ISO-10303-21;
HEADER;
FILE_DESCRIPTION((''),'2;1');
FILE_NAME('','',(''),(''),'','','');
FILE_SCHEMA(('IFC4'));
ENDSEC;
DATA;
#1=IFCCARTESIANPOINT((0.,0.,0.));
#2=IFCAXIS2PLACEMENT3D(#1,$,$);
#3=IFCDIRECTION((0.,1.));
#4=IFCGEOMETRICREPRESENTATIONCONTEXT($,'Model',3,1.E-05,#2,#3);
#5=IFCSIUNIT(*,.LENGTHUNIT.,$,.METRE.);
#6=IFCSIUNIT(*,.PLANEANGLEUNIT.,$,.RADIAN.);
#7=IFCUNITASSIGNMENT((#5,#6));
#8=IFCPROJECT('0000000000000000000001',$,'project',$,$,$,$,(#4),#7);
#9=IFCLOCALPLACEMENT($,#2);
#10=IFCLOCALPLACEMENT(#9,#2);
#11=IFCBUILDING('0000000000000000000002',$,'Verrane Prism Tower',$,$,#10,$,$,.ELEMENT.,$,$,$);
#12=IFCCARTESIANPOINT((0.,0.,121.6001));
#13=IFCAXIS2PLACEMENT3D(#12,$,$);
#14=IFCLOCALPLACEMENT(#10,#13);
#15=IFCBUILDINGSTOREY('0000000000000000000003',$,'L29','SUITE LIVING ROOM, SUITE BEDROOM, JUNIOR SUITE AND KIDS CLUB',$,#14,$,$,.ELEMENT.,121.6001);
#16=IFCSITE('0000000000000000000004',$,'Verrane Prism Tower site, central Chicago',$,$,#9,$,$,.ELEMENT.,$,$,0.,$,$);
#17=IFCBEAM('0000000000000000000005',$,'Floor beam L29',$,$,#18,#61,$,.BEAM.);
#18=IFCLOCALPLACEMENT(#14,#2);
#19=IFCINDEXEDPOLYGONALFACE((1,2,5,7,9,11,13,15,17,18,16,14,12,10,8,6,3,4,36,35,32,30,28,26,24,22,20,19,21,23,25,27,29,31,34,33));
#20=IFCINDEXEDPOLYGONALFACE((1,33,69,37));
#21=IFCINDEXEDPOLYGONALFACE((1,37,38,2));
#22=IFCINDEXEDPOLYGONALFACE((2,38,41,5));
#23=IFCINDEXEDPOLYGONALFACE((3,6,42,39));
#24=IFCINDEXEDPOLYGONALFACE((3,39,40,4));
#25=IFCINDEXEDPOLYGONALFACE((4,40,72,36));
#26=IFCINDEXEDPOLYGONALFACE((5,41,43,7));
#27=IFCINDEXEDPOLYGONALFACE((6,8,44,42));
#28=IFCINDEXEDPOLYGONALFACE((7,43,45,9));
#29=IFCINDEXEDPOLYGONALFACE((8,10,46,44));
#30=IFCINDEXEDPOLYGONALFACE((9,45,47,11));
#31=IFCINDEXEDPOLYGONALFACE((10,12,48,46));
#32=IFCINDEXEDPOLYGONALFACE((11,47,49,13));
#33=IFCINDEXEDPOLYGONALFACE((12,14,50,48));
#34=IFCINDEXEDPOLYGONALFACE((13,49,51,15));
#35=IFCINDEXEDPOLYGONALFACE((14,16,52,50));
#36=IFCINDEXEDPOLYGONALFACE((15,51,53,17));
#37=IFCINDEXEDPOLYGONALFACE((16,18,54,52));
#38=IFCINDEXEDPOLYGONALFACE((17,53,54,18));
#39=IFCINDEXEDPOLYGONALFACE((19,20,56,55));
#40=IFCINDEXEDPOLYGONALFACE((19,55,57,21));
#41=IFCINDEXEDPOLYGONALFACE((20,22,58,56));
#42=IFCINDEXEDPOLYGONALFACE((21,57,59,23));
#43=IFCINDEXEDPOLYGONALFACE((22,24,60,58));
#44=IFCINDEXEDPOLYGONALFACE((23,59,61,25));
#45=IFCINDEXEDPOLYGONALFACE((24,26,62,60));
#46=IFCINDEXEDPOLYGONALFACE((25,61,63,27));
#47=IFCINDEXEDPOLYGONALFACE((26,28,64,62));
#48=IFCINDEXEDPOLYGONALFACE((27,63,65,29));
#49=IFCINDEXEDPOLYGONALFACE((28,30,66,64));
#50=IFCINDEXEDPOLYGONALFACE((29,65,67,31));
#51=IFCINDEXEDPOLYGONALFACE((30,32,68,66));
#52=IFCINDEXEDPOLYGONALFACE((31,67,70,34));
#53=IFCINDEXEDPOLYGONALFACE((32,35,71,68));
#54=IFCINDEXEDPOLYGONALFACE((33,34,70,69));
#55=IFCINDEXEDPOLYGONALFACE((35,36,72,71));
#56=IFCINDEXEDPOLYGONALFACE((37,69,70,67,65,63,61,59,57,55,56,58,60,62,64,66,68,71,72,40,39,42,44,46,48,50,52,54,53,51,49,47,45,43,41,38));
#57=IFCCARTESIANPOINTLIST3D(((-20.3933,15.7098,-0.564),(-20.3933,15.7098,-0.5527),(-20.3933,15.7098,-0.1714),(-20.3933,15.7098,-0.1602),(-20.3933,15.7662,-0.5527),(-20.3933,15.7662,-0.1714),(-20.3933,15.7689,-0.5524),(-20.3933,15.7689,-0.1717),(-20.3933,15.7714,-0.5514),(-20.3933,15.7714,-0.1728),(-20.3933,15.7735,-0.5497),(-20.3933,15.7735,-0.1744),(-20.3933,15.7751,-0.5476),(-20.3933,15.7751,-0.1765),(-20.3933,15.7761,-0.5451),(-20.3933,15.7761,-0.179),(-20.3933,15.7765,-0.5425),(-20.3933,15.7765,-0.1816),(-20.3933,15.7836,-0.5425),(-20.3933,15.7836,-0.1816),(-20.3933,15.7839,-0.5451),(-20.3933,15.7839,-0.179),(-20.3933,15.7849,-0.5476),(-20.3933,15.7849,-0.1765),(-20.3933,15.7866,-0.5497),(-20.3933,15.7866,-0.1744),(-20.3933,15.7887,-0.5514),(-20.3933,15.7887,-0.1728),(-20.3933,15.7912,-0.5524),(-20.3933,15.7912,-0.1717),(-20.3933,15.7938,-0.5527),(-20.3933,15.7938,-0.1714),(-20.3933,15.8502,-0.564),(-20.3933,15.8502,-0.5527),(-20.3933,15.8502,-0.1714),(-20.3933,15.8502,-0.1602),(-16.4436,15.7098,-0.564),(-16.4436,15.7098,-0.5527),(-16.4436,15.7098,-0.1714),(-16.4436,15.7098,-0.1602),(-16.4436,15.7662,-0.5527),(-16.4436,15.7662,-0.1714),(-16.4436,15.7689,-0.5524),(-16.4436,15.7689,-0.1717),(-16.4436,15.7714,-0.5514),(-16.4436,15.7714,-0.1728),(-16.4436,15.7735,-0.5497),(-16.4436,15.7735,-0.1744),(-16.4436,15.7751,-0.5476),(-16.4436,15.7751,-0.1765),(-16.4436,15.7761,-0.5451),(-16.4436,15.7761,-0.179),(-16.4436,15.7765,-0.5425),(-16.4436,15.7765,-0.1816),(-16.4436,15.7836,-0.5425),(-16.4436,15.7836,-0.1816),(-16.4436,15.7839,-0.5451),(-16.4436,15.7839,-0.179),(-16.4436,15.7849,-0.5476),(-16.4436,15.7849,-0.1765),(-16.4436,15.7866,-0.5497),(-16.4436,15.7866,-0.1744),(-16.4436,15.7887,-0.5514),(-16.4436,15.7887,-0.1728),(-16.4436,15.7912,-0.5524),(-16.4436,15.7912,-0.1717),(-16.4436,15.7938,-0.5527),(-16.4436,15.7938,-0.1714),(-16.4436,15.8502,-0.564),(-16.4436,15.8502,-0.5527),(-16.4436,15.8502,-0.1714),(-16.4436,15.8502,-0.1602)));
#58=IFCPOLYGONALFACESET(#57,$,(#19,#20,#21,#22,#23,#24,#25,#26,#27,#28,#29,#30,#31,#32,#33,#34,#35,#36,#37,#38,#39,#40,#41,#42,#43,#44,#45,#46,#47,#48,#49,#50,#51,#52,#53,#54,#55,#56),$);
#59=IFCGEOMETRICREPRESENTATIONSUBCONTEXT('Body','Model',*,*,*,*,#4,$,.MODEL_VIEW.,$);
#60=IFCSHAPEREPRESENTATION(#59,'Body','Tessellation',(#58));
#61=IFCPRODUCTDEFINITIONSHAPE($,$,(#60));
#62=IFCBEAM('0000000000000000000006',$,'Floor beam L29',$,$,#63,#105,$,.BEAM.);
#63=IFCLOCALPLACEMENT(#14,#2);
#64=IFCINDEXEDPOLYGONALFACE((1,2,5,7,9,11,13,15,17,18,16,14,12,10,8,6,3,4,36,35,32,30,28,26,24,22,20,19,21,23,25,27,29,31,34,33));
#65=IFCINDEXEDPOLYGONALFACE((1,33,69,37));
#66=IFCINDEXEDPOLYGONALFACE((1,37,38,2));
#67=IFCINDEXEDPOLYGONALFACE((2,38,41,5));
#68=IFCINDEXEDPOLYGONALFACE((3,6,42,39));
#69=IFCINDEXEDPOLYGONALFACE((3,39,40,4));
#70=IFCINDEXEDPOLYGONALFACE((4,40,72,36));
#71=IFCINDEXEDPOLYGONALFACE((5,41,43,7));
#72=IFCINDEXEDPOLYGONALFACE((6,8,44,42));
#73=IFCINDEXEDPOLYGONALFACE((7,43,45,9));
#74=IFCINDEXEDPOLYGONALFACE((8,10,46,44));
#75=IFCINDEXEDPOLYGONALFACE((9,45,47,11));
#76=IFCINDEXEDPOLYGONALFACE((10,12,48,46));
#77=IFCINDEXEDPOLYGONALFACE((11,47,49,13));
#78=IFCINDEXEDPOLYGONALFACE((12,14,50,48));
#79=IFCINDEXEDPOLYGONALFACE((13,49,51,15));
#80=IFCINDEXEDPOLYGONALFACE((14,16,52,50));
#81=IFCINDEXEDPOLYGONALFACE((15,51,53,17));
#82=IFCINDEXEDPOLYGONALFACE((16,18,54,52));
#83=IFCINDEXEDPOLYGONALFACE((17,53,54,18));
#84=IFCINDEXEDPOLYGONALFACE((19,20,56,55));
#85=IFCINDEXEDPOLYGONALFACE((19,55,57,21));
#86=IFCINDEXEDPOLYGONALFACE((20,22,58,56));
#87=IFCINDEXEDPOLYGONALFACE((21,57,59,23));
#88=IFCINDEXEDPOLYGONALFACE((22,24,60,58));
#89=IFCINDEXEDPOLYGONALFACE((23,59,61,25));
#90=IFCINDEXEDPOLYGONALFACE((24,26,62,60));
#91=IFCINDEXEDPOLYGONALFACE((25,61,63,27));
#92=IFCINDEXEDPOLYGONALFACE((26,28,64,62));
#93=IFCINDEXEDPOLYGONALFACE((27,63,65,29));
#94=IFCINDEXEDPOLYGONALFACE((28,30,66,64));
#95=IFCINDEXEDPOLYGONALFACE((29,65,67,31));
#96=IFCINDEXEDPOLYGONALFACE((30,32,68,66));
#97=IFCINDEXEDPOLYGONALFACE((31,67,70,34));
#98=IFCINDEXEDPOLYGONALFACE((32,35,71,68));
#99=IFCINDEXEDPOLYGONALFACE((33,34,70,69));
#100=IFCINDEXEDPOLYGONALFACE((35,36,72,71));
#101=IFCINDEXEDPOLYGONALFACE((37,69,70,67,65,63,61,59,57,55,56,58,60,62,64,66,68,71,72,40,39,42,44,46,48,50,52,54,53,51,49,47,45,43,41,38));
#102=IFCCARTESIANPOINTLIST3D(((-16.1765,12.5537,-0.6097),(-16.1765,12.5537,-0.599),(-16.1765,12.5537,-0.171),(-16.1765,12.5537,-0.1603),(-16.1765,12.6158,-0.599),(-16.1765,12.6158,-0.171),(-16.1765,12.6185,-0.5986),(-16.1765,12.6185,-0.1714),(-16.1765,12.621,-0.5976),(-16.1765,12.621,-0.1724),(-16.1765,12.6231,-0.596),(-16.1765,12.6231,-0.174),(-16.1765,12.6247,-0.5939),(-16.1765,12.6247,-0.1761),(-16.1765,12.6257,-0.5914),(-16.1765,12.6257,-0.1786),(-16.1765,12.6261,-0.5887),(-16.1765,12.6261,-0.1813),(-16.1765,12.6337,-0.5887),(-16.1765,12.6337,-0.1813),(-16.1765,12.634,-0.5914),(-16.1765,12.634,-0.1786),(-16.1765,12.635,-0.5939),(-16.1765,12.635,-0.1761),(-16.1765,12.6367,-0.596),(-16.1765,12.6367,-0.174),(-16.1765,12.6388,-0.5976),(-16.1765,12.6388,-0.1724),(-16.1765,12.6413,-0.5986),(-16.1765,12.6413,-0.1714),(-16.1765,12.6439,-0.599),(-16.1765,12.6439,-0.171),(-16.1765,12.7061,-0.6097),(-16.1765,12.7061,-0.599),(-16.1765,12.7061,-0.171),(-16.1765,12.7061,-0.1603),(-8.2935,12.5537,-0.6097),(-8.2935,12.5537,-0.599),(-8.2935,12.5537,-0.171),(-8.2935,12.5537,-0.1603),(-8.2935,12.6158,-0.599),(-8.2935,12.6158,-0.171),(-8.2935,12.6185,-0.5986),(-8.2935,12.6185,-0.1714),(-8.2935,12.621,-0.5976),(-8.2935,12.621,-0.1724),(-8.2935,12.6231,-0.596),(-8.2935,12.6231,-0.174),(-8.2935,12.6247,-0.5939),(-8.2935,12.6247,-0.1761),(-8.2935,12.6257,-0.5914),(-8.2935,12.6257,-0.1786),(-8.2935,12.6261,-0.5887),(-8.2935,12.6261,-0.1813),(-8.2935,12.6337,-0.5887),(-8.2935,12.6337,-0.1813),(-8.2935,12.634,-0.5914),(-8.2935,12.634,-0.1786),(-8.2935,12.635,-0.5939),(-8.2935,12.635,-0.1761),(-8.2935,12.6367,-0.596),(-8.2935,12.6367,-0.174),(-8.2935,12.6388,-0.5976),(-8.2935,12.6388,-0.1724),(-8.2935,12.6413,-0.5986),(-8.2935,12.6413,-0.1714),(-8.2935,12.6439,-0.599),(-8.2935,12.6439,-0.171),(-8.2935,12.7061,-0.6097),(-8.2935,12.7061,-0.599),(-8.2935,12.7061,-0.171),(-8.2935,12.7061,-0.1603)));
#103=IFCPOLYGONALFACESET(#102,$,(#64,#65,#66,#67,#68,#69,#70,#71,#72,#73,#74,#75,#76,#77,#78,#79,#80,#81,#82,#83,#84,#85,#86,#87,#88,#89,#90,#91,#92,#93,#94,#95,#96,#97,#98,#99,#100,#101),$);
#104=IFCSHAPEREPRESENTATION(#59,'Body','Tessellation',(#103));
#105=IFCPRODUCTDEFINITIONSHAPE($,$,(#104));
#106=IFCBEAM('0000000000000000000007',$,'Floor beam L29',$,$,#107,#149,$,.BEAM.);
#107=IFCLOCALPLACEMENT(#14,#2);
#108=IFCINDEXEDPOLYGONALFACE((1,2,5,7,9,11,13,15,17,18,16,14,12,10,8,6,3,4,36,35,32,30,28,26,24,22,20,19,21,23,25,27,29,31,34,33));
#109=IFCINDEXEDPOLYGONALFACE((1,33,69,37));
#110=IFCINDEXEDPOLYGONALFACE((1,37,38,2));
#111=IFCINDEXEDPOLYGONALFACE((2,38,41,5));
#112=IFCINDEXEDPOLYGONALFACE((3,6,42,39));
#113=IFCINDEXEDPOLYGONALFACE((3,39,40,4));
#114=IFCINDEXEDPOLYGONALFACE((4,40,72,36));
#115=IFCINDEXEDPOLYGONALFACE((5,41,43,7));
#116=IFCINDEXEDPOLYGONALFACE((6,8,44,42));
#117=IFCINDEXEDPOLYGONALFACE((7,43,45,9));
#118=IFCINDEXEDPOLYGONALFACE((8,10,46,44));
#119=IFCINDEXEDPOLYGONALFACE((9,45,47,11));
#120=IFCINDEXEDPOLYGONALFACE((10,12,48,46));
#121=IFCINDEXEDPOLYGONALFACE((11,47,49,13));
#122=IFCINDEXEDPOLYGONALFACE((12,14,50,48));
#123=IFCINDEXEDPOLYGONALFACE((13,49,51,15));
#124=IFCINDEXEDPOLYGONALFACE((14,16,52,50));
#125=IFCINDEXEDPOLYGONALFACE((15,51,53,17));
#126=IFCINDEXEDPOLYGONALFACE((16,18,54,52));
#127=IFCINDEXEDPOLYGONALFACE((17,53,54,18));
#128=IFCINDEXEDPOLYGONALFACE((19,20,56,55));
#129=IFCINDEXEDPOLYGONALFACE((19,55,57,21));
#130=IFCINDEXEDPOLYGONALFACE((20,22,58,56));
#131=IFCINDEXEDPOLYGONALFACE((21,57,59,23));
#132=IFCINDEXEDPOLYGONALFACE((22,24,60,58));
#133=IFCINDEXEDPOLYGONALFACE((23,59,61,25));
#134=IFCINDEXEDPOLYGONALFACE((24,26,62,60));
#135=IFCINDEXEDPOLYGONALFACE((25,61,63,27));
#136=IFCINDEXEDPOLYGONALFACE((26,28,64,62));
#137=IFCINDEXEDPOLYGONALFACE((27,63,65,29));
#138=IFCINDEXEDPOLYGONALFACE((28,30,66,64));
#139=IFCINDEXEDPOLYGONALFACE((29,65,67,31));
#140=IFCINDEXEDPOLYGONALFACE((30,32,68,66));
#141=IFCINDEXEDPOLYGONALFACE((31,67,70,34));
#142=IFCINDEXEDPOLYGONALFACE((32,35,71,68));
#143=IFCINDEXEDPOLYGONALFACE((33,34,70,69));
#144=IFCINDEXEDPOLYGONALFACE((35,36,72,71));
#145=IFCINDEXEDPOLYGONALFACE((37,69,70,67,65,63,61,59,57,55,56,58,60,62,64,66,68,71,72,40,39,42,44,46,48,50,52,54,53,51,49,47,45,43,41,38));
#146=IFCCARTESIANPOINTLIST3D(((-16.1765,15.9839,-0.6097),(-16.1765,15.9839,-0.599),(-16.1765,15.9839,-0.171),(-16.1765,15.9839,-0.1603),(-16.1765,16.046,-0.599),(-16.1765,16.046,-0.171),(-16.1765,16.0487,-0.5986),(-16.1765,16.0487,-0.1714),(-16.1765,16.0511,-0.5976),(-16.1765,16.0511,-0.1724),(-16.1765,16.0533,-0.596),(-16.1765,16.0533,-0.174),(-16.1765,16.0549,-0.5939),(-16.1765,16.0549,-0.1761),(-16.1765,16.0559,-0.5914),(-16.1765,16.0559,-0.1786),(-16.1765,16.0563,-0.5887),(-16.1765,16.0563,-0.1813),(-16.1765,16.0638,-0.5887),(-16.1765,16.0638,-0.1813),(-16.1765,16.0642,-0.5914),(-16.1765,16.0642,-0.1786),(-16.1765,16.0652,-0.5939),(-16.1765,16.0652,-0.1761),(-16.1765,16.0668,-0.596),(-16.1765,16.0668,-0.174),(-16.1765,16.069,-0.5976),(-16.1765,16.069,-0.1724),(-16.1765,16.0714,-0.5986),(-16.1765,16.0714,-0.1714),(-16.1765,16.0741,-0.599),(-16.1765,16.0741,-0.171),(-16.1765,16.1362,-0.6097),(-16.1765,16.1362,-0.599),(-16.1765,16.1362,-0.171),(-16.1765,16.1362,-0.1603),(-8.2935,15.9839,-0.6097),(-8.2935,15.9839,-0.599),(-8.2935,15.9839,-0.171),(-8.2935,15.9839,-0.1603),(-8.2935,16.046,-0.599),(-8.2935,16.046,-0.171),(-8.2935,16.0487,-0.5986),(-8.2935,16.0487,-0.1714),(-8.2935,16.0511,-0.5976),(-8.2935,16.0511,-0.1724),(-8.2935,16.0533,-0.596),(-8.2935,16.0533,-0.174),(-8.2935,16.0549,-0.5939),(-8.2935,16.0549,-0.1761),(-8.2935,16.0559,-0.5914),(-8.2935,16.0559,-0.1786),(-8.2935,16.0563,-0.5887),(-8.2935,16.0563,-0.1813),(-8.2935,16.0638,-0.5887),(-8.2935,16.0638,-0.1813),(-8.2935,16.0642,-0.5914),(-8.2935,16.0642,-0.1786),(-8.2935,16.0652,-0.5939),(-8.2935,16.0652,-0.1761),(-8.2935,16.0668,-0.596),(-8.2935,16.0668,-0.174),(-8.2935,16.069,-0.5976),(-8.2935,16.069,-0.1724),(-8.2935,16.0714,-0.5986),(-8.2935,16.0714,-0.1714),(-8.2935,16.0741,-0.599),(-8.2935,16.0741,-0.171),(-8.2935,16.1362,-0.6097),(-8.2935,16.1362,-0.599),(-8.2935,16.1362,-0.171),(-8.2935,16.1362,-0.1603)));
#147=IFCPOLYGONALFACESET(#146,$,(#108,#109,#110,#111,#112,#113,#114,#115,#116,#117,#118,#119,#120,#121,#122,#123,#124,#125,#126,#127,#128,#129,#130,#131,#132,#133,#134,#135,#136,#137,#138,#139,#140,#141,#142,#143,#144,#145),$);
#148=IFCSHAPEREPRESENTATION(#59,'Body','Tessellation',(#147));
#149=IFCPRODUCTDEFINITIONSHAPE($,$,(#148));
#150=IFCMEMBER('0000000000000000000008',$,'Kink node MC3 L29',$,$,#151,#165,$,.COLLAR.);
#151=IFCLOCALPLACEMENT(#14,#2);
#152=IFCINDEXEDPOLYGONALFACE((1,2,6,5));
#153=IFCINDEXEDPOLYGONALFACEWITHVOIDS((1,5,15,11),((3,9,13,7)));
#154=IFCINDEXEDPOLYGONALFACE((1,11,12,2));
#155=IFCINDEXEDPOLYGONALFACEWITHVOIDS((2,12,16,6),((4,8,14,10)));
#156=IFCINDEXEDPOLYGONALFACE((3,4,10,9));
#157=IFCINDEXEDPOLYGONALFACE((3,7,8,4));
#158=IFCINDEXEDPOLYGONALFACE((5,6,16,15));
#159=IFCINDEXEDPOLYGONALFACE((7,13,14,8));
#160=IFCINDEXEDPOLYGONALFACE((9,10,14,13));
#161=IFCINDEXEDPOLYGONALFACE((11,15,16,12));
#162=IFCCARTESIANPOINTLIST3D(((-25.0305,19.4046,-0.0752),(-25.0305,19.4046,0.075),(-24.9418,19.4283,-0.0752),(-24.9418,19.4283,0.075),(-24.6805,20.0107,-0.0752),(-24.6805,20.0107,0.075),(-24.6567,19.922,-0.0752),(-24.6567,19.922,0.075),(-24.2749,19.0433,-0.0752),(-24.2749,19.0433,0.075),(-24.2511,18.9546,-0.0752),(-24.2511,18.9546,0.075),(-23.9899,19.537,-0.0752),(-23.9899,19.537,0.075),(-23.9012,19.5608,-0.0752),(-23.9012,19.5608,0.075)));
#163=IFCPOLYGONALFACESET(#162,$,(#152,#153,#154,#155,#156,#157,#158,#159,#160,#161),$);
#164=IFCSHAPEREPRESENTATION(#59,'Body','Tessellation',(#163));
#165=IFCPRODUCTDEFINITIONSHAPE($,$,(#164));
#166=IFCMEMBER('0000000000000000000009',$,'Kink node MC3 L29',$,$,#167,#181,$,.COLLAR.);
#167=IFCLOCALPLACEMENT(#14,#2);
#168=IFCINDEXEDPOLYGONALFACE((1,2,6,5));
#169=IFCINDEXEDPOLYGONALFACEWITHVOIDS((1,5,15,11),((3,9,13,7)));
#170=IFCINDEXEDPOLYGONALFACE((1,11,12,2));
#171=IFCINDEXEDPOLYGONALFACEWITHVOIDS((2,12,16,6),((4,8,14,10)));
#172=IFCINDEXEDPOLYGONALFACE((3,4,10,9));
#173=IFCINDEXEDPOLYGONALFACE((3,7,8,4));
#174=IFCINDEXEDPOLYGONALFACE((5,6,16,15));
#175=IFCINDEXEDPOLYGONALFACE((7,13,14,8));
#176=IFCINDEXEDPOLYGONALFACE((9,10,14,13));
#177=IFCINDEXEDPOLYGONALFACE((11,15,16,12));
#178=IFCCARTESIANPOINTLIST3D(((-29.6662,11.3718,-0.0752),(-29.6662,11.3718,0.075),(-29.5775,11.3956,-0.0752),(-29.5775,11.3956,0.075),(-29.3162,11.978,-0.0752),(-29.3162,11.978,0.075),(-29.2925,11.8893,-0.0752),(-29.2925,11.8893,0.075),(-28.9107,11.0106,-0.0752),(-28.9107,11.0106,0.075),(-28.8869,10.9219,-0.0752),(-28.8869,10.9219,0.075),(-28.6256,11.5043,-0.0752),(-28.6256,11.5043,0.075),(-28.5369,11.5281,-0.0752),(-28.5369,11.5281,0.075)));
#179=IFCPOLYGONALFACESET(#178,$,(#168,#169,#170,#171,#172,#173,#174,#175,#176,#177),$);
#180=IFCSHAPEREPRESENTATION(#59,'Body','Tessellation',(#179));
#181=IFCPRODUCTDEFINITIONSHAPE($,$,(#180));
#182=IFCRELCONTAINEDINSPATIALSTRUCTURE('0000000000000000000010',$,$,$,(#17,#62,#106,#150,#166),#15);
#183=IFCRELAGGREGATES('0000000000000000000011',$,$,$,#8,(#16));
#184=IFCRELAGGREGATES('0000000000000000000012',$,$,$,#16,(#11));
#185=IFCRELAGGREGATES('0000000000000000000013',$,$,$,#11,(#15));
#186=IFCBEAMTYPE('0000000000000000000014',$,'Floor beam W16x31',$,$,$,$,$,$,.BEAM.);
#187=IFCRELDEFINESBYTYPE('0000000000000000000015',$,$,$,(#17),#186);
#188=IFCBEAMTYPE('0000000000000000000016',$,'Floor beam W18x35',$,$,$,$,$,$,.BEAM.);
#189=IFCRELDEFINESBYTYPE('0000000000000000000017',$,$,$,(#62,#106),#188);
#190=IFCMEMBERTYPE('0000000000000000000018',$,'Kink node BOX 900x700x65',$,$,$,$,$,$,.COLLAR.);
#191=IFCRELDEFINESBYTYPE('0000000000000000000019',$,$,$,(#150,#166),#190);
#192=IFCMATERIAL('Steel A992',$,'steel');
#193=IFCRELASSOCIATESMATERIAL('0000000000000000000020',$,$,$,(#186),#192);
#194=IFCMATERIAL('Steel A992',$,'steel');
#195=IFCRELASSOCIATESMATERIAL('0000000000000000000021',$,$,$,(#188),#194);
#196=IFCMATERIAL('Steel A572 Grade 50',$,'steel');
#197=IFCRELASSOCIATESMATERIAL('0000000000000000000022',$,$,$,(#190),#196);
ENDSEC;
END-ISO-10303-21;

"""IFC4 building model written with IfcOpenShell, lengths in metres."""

from ifc_helpers import new_model, si_unit, direction, frame, origin, origin_2d, place, context, subcontext, project, spatial, hollow_rectangle, i_section, extrude, material, material_profile, profile_set, type_object, element, save


model = new_model("IFC4")

# Units and contexts
model_context = context("Model", 3, precision=1e-05, world=origin(), true_north=direction((0.0, 1.0)))
body_context = subcontext(model_context, "Body", "Model", "MODEL_VIEW")
ifc_project = project(units=[si_unit("LENGTHUNIT", "METRE"), si_unit("PLANEANGLEUNIT", "RADIAN")], contexts=[model_context])

# Site, building, storey
site_placement = place(None, origin())
site = spatial("IfcSite", under=ifc_project, at=site_placement, Name="Verrane Prism Tower site, central Chicago", CompositionType="ELEMENT", RefElevation=0.0)
building_placement = place(site_placement, origin())
building = spatial("IfcBuilding", under=site, at=building_placement, Name="Verrane Prism Tower", CompositionType="ELEMENT")
storey_placement = place(building_placement, frame((0.0, 0.0, 121.6001)))
storey = spatial("IfcBuildingStorey", under=building, at=storey_placement, Name="L29", Description="SUITE LIVING ROOM, SUITE BEDROOM, JUNIOR SUITE AND KIDS CLUB", CompositionType="ELEMENT", Elevation=121.6001)

# Beams
ifc_material_1 = material(Name="Steel A992", Category="steel")
ifc_material_profile_1 = material_profile(ifc_material_1, i_section(OverallWidth=0.1404, OverallDepth=0.4038, WebThickness=0.0071, FlangeThickness=0.0112, FilletRadius=0.0103, at=origin_2d()), Name="W16x31")
ifc_profile_set_1 = profile_set([ifc_material_profile_1], Name="Steel A992")
beam_type_1 = type_object("IfcBeamType", Name="Floor beam W16x31", PredefinedType="BEAM", material=ifc_profile_set_1)
beam_1_placement = place(storey_placement, frame((-20.3933, 15.78, -0.3621), z_axis=(1.0, 0.0, 0.0), x_axis=(0.0, 1.0, 0.0)))
element("IfcBeam", 1, at=beam_1_placement, inside=storey, type_object=beam_type_1, Name="Floor beam L29", PredefinedType="BEAM", context=body_context, shape_type="SweptSolid", body=[
    extrude(i_section(OverallWidth=0.1404, OverallDepth=0.4038, WebThickness=0.0071, FlangeThickness=0.0112, FilletRadius=0.0103, at=origin_2d()), origin(), (0.0, 0.0, 1.0), 3.9497),
])
ifc_material_2 = material(Name="Steel A992", Category="steel")
ifc_material_profile_2 = material_profile(ifc_material_2, i_section(OverallWidth=0.1523, OverallDepth=0.4495, WebThickness=0.0076, FlangeThickness=0.0107, FilletRadius=0.0103, at=origin_2d()), Name="W18x35")
ifc_profile_set_2 = profile_set([ifc_material_profile_2], Name="Steel A992")
beam_type_2 = type_object("IfcBeamType", Name="Floor beam W18x35", PredefinedType="BEAM", material=ifc_profile_set_2)
for number, where, z_axis, x_axis, name in (
    (2, (-16.1765, 12.6299, -0.385), (1.0, 0.0, 0.0), (0.0, 1.0, 0.0), "Floor beam L29"),
    (3, (-16.1765, 16.0601, -0.385), (1.0, 0.0, 0.0), (0.0, 1.0, 0.0), "Floor beam L29"),
):
    element("IfcBeam", number, at=place(storey_placement, frame(where, z_axis=z_axis, x_axis=x_axis)), inside=storey, type_object=beam_type_2, Name=name, PredefinedType="BEAM", context=body_context, shape_type="SweptSolid", body=[
        extrude(i_section(OverallWidth=0.1523, OverallDepth=0.4495, WebThickness=0.0076, FlangeThickness=0.0107, FilletRadius=0.0103, at=origin_2d()), origin(), (0.0, 0.0, 1.0), 7.8831),
    ])

# Members
ifc_material_3 = material(Name="Steel A572 Grade 50", Category="steel")
ifc_material_profile_3 = material_profile(ifc_material_3, hollow_rectangle(XDim=0.7, YDim=0.8999, WallThickness=0.0649, at=origin_2d()), Name="BOX 900x700x65")
ifc_profile_set_3 = profile_set([ifc_material_profile_3], Name="Steel A572 Grade 50")
member_type_1 = type_object("IfcMemberType", Name="Kink node BOX 900x700x65", PredefinedType="COLLAR", material=ifc_profile_set_3)
for number, where, z_axis, x_axis, name in (
    (4, (-24.4658, 19.4827, -0.0752), (0.0, 0.0, 1.0), (0.5, 0.866025, 0.0), "Kink node MC3 L29"),
    (5, (-29.1016, 11.45, -0.0752), (0.0, 0.0, 1.0), (0.5, 0.866025, 0.0), "Kink node MC3 L29"),
):
    element("IfcMember", number, at=place(storey_placement, frame(where, z_axis=z_axis, x_axis=x_axis)), inside=storey, type_object=member_type_1, Name=name, PredefinedType="COLLAR", context=body_context, shape_type="SweptSolid", body=[
        extrude(hollow_rectangle(XDim=0.7, YDim=0.8999, WallThickness=0.0649, at=origin_2d()), origin(), (0.0, 0.0, 1.0), 0.1501),
    ])

save(model, "model.ifc")
